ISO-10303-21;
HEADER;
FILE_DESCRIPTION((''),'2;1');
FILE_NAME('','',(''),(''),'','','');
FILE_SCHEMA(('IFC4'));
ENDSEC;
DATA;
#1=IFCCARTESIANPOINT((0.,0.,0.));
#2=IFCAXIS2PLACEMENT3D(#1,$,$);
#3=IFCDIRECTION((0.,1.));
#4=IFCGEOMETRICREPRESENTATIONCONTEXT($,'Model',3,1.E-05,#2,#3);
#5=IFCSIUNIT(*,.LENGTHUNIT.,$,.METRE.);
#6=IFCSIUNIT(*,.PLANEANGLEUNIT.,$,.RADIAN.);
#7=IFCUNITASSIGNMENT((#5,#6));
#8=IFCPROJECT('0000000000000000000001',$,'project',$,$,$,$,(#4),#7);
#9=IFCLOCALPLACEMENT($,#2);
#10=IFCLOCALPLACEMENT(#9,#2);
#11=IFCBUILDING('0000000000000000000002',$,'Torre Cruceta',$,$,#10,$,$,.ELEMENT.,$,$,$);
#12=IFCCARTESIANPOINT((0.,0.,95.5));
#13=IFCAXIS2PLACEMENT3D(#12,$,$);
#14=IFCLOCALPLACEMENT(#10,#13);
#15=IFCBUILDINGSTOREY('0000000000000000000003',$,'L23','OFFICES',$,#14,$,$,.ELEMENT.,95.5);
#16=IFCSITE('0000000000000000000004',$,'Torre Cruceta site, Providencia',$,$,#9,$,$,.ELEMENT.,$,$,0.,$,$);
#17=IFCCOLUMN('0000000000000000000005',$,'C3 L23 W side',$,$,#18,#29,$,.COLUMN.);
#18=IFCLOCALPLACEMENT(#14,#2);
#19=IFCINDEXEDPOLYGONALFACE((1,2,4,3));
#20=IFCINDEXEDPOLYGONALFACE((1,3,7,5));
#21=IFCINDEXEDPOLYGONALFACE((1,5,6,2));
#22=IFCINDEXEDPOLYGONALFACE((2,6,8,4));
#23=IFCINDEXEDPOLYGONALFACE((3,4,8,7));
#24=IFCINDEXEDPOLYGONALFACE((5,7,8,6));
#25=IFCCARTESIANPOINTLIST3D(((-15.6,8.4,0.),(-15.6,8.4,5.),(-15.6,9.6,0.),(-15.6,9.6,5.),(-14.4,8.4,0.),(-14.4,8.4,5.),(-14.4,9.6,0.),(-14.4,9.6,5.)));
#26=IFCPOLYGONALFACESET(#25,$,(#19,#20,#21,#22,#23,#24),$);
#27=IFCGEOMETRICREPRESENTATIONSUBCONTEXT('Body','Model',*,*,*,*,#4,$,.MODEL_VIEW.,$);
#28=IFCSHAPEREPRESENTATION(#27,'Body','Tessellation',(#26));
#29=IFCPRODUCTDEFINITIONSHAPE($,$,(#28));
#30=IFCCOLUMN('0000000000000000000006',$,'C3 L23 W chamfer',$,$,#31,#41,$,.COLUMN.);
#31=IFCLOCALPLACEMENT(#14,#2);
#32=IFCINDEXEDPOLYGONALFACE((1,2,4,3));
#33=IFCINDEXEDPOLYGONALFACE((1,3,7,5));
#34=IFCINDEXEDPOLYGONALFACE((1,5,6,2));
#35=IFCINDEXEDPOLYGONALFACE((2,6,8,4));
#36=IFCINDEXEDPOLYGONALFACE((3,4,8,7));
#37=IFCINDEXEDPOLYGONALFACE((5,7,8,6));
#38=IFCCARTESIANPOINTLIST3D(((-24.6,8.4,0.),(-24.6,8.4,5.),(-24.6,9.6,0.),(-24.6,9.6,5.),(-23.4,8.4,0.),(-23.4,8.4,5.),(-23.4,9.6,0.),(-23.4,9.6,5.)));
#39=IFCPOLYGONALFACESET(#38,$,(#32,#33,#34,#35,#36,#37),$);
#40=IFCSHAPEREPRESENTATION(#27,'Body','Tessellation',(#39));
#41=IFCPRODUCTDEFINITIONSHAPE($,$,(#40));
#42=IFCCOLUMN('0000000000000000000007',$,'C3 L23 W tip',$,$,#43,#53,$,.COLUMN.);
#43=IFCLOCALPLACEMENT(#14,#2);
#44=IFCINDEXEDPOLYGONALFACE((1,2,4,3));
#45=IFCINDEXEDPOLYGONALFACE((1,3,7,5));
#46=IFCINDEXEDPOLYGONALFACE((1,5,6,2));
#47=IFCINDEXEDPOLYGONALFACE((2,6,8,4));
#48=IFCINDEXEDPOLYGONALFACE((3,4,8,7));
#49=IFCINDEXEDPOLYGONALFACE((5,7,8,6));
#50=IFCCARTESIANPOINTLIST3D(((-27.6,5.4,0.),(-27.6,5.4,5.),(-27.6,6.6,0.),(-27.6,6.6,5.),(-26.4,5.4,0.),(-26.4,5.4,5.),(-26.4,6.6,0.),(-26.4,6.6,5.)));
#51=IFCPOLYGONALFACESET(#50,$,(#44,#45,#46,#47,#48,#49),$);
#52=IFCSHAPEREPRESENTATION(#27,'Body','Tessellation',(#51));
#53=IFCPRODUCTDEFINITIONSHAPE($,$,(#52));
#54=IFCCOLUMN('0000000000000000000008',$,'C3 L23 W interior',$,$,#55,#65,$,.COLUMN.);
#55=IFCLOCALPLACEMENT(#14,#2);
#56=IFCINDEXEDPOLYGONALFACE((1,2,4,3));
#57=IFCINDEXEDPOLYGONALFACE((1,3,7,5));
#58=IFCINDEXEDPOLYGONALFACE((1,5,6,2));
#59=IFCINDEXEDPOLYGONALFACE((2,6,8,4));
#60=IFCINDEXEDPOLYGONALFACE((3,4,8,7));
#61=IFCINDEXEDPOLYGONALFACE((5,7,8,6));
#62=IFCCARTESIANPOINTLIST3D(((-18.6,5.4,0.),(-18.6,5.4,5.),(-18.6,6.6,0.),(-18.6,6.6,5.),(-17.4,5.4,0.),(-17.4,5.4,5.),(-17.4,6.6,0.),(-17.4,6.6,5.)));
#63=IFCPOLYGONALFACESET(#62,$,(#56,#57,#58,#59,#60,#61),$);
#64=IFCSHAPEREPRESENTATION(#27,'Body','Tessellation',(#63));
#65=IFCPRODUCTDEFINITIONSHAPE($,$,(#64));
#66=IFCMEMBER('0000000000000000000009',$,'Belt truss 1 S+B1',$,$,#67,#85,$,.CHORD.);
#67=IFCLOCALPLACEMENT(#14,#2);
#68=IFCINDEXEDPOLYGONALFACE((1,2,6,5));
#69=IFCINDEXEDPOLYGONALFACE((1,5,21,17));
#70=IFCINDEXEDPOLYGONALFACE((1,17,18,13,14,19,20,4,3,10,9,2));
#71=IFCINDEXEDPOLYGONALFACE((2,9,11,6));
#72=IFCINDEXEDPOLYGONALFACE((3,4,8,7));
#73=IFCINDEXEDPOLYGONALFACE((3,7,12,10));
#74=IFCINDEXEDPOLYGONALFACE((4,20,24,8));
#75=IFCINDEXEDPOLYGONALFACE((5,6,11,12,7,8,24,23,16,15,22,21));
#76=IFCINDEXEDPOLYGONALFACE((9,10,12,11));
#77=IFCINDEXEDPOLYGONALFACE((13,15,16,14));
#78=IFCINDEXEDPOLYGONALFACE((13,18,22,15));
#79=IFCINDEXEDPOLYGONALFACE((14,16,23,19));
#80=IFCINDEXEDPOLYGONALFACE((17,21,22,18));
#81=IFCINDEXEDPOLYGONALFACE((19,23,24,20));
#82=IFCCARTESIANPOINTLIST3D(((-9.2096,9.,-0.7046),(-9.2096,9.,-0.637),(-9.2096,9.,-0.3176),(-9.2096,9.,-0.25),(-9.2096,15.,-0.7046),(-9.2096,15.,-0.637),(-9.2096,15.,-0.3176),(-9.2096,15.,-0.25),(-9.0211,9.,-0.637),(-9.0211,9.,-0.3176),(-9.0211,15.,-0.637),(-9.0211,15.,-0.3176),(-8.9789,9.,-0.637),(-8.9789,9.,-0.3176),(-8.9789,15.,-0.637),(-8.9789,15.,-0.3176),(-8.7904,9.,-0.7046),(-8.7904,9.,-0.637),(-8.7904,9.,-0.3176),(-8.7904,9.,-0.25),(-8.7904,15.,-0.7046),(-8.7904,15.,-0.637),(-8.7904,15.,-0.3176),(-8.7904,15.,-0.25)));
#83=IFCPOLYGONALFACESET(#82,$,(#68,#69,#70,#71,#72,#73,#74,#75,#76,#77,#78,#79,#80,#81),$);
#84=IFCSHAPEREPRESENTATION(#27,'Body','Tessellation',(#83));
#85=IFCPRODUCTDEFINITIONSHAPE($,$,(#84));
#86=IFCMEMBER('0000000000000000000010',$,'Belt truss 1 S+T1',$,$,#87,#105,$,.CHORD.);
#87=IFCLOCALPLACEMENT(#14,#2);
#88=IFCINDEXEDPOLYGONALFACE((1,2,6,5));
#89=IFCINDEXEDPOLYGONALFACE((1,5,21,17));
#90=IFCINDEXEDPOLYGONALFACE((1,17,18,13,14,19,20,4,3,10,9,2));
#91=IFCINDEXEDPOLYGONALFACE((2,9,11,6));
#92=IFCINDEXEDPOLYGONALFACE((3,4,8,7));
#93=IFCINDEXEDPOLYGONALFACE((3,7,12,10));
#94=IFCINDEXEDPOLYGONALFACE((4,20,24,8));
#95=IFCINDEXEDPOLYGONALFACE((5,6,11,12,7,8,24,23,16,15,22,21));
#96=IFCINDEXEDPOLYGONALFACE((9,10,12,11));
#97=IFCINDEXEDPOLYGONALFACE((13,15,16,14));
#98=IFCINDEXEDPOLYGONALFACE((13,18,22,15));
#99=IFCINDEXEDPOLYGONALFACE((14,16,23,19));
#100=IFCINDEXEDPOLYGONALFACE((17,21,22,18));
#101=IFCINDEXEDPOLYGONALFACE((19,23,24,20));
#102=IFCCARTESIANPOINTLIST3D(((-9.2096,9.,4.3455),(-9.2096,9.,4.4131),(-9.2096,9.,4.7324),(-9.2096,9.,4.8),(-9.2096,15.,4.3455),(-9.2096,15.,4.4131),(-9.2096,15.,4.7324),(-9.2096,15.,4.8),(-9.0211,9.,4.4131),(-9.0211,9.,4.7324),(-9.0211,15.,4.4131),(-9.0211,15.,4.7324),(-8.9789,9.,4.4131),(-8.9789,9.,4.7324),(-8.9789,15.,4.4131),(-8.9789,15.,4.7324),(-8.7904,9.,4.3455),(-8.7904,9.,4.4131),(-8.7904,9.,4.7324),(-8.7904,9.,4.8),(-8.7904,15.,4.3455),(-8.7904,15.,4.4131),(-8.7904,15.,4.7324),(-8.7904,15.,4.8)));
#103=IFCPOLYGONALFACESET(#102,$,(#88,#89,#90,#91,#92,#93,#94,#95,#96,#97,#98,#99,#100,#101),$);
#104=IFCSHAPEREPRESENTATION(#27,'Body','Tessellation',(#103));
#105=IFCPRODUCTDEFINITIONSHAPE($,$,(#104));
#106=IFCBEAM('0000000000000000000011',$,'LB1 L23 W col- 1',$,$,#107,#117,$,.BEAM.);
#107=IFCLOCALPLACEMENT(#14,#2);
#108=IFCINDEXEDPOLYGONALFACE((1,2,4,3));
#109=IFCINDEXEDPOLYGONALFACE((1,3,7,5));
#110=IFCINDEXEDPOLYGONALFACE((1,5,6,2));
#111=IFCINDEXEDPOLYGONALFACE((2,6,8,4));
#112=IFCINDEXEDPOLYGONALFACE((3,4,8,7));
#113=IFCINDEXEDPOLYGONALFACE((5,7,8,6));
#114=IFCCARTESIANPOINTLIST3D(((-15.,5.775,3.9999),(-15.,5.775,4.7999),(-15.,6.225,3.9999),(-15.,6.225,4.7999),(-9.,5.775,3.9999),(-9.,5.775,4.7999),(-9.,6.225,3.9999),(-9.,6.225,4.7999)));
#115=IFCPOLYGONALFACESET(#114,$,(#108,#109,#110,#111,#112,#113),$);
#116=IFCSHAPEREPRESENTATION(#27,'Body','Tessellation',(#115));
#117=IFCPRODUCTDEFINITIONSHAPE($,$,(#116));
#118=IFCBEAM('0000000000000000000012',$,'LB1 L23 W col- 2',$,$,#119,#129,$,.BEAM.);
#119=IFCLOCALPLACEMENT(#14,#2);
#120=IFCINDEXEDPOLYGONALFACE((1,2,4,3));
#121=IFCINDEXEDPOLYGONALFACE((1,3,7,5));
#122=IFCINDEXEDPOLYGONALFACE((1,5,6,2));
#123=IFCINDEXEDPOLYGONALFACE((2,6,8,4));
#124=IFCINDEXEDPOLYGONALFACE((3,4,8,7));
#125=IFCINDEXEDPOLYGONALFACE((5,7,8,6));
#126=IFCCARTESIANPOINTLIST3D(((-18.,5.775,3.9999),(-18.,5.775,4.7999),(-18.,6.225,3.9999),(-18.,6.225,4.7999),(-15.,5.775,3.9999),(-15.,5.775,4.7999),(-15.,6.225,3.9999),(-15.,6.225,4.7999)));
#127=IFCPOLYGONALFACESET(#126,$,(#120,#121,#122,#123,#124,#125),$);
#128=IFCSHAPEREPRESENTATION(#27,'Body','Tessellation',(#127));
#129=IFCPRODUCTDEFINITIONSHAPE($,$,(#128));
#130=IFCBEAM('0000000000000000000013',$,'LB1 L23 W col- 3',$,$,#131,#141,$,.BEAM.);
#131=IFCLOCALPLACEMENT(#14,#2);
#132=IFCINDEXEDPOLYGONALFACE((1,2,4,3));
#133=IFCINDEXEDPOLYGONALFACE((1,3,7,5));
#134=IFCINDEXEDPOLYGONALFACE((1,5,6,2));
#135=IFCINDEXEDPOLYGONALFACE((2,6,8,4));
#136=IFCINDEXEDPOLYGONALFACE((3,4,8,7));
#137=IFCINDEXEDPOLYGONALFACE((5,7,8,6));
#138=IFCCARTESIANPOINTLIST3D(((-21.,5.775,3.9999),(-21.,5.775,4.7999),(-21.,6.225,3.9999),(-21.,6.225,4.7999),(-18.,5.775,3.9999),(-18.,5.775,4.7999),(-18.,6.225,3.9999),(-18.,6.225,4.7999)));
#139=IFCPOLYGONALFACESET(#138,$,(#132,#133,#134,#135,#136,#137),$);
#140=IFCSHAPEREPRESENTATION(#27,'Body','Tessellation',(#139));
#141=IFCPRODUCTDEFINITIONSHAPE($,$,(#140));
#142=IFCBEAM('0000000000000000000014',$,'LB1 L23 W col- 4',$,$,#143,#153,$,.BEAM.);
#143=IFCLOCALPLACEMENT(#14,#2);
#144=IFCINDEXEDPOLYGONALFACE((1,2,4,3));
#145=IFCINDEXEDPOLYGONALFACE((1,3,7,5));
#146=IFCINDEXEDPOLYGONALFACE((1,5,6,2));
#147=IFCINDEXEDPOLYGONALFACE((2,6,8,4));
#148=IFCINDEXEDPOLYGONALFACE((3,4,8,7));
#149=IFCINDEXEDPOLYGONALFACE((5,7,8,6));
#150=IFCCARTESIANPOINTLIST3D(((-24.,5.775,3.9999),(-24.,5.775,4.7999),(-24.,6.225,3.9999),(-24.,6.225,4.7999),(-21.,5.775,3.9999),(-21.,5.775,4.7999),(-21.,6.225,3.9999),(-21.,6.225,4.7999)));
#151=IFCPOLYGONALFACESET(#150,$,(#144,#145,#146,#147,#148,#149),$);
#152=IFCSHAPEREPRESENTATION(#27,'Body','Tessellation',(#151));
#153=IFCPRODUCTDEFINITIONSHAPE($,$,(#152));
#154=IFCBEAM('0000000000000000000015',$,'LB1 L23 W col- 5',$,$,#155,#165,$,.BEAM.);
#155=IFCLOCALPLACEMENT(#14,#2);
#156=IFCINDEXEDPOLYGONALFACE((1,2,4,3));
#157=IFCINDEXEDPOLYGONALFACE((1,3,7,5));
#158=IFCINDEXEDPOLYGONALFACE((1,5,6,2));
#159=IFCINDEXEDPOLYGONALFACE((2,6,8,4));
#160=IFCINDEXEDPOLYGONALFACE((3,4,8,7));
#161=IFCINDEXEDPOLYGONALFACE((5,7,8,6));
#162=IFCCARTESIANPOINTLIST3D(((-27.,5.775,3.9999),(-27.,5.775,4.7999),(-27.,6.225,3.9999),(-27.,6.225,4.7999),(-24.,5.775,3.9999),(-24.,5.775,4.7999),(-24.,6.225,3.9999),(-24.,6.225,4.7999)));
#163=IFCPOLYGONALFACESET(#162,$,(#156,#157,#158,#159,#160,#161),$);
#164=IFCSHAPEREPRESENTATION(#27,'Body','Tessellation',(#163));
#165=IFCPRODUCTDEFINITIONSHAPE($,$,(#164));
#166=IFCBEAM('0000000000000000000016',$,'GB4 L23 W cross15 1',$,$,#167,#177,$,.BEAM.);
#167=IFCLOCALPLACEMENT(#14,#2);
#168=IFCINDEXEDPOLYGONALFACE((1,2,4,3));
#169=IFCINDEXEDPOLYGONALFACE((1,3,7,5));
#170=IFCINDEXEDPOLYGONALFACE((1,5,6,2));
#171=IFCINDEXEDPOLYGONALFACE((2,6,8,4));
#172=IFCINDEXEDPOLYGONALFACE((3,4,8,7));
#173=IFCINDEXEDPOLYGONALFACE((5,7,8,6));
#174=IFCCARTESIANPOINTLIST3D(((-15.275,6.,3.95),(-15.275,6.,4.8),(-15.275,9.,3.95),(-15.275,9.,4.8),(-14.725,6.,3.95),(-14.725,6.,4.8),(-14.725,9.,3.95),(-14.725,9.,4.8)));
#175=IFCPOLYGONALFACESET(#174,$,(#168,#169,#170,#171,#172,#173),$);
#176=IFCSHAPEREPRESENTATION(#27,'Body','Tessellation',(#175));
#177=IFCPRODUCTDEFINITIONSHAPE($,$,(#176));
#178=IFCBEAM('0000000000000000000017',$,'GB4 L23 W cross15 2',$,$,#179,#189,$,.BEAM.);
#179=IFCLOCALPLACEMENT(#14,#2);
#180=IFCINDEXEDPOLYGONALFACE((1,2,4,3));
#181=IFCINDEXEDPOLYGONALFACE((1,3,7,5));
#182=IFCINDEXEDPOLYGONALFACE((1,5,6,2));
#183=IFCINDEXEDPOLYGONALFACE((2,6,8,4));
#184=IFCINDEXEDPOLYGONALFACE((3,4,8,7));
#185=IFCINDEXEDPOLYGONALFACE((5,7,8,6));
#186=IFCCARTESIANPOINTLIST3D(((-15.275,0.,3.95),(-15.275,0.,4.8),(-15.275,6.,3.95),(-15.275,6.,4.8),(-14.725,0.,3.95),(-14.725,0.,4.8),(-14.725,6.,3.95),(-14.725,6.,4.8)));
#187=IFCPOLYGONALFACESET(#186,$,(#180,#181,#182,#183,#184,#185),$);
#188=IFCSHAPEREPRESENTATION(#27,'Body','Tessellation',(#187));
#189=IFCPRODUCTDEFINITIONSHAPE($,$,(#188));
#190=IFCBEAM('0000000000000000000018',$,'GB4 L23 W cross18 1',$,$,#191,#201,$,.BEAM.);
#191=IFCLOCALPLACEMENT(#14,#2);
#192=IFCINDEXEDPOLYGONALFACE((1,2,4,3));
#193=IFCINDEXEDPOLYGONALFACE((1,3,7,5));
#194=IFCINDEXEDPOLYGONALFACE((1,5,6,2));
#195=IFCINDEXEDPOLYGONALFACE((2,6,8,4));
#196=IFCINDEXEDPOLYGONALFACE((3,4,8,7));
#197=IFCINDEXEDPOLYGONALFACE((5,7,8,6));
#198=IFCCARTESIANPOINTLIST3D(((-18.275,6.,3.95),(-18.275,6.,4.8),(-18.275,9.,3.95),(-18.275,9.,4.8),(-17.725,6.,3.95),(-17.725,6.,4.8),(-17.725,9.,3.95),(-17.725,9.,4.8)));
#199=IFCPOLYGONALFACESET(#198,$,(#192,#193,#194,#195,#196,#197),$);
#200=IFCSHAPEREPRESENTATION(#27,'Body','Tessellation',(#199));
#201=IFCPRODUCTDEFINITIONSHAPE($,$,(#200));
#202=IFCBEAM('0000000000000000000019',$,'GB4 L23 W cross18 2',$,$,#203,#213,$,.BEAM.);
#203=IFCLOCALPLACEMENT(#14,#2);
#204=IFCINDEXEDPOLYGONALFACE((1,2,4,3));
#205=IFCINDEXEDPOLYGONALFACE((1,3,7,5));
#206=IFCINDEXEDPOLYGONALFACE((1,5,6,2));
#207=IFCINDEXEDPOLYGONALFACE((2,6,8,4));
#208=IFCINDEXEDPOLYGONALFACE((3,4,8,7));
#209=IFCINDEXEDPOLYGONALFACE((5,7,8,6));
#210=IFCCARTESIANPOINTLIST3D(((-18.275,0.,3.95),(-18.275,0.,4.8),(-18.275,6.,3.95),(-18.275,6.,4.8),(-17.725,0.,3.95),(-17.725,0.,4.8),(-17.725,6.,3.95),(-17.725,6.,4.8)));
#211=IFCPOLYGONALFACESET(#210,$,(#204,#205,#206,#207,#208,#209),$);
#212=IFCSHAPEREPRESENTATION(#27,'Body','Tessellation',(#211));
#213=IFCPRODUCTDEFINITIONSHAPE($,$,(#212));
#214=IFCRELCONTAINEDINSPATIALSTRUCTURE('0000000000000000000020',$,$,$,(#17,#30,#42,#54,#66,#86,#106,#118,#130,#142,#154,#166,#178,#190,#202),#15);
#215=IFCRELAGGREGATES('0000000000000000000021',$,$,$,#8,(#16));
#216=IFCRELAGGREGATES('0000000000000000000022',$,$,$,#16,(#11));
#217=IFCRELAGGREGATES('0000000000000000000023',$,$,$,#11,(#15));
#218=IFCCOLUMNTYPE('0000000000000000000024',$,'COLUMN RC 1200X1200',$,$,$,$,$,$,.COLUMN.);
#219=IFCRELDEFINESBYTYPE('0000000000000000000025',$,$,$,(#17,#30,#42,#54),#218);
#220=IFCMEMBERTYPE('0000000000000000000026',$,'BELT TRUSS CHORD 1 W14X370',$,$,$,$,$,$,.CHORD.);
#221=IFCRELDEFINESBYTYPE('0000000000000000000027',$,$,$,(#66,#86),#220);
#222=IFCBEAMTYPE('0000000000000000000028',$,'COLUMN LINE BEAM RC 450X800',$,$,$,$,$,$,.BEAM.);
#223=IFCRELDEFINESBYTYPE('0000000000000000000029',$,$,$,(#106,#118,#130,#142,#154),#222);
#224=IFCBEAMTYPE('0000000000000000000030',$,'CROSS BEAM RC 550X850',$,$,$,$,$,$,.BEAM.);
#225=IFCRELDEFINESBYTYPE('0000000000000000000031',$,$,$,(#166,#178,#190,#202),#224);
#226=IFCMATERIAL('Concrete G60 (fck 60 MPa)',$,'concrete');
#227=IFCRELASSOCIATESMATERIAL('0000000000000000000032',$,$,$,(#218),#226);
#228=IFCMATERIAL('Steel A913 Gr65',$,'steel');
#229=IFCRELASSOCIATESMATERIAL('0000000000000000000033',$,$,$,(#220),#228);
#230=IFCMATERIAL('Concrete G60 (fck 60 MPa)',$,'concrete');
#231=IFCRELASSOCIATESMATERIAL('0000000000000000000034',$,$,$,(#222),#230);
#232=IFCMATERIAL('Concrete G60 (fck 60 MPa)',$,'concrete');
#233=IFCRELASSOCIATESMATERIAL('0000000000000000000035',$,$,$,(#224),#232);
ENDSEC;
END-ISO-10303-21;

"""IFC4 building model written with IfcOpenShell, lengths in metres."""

from ifc_helpers import new_model, si_unit, direction, frame, origin, origin_2d, place, context, subcontext, project, spatial, rectangle, i_section, extrude, material, material_profile, profile_set, type_object, element, save


model = new_model("IFC4")

# Units and contexts
model_context = context("Model", 3, precision=1e-05, world=origin(), true_north=direction((0.0, 1.0)))
body_context = subcontext(model_context, "Body", "Model", "MODEL_VIEW")
ifc_project = project(units=[si_unit("LENGTHUNIT", "METRE"), si_unit("PLANEANGLEUNIT", "RADIAN")], contexts=[model_context])

# Site, building, storey
site_placement = place(None, origin())
site = spatial("IfcSite", under=ifc_project, at=site_placement, Name="Torre Cruceta site, Providencia", CompositionType="ELEMENT", RefElevation=0.0)
building_placement = place(site_placement, origin())
building = spatial("IfcBuilding", under=site, at=building_placement, Name="Torre Cruceta", CompositionType="ELEMENT")
storey_placement = place(building_placement, frame((0.0, 0.0, 95.5)))
storey = spatial("IfcBuildingStorey", under=building, at=storey_placement, Name="L23", Description="OFFICES", CompositionType="ELEMENT", Elevation=95.5)

# Columns
ifc_material_1 = material(Name="Concrete G60 (fck 60 MPa)", Category="concrete")
ifc_material_profile_1 = material_profile(ifc_material_1, rectangle(XDim=1.2, YDim=1.2, at=origin_2d()), Name="RC 1200X1200")
ifc_profile_set_1 = profile_set([ifc_material_profile_1], Name="Concrete G60 (fck 60 MPa)")
column_type = type_object("IfcColumnType", Name="COLUMN RC 1200X1200", PredefinedType="COLUMN", material=ifc_profile_set_1)
for number, where, z_axis, x_axis, name in (
    (1, (-15.0, 9.0, 0.0), (0.0, 0.0, 1.0), (1.0, 0.0, 0.0), "C3 L23 W side"),
    (2, (-24.0, 9.0, 0.0), (0.0, 0.0, 1.0), (1.0, 0.0, 0.0), "C3 L23 W chamfer"),
    (3, (-27.0, 6.0, 0.0), (0.0, 0.0, 1.0), (1.0, 0.0, 0.0), "C3 L23 W tip"),
    (4, (-18.0, 6.0, 0.0), (0.0, 0.0, 1.0), (1.0, 0.0, 0.0), "C3 L23 W interior"),
):
    element("IfcColumn", number, at=place(storey_placement, frame(where, z_axis=z_axis, x_axis=x_axis)), inside=storey, type_object=column_type, Name=name, PredefinedType="COLUMN", context=body_context, shape_type="SweptSolid", body=[
        extrude(rectangle(XDim=1.2, YDim=1.2, at=origin_2d()), origin(), (0.0, 0.0, 1.0), 5.0),
    ])

# Members
ifc_material_2 = material(Name="Steel A913 Gr65", Category="steel")
ifc_material_profile_2 = material_profile(ifc_material_2, i_section(OverallWidth=0.4192, OverallDepth=0.4546, WebThickness=0.0422, FlangeThickness=0.0676, at=origin_2d()), Name="W14X370")
ifc_profile_set_2 = profile_set([ifc_material_profile_2], Name="Steel A913 Gr65")
member_type = type_object("IfcMemberType", Name="BELT TRUSS CHORD 1 W14X370", PredefinedType="CHORD", material=ifc_profile_set_2)
for number, where, z_axis, x_axis, name in (
    (5, (-9.0, 9.0, -0.4773), (0.0, 1.0, 0.0), (-1.0, 0.0, 0.0), "Belt truss 1 S+B1"),
    (6, (-9.0, 9.0, 4.5728), (0.0, 1.0, 0.0), (-1.0, 0.0, 0.0), "Belt truss 1 S+T1"),
):
    element("IfcMember", number, at=place(storey_placement, frame(where, z_axis=z_axis, x_axis=x_axis)), inside=storey, type_object=member_type, Name=name, PredefinedType="CHORD", context=body_context, shape_type="SweptSolid", body=[
        extrude(i_section(OverallWidth=0.4192, OverallDepth=0.4546, WebThickness=0.0422, FlangeThickness=0.0676, at=origin_2d()), origin(), (0.0, 0.0, 1.0), 6.0),
    ])

# Beams
ifc_material_3 = material(Name="Concrete G60 (fck 60 MPa)", Category="concrete")
ifc_material_profile_3 = material_profile(ifc_material_3, rectangle(XDim=0.45, YDim=0.8, at=origin_2d()), Name="RC 450X800")
ifc_profile_set_3 = profile_set([ifc_material_profile_3], Name="Concrete G60 (fck 60 MPa)")
beam_type_1 = type_object("IfcBeamType", Name="COLUMN LINE BEAM RC 450X800", PredefinedType="BEAM", material=ifc_profile_set_3)
beam_1_placement = place(storey_placement, frame((-9.0, 6.0, 4.3999), z_axis=(-1.0, 0.0, 0.0), x_axis=(0.0, -1.0, 0.0)))
element("IfcBeam", 7, at=beam_1_placement, inside=storey, type_object=beam_type_1, Name="LB1 L23 W col- 1", PredefinedType="BEAM", context=body_context, shape_type="SweptSolid", body=[
    extrude(rectangle(XDim=0.45, YDim=0.8, at=origin_2d()), origin(), (0.0, 0.0, 1.0), 6.0),
])
for number, where, z_axis, x_axis, name in (
    (8, (-15.0, 6.0, 4.3999), (-1.0, 0.0, 0.0), (0.0, -1.0, 0.0), "LB1 L23 W col- 2"),
    (9, (-18.0, 6.0, 4.3999), (-1.0, 0.0, 0.0), (0.0, -1.0, 0.0), "LB1 L23 W col- 3"),
    (10, (-21.0, 6.0, 4.3999), (-1.0, 0.0, 0.0), (0.0, -1.0, 0.0), "LB1 L23 W col- 4"),
    (11, (-24.0, 6.0, 4.3999), (-1.0, 0.0, 0.0), (0.0, -1.0, 0.0), "LB1 L23 W col- 5"),
):
    element("IfcBeam", number, at=place(storey_placement, frame(where, z_axis=z_axis, x_axis=x_axis)), inside=storey, type_object=beam_type_1, Name=name, PredefinedType="BEAM", context=body_context, shape_type="SweptSolid", body=[
        extrude(rectangle(XDim=0.45, YDim=0.8, at=origin_2d()), origin(), (0.0, 0.0, 1.0), 3.0),
    ])
ifc_material_4 = material(Name="Concrete G60 (fck 60 MPa)", Category="concrete")
ifc_material_profile_4 = material_profile(ifc_material_4, rectangle(XDim=0.55, YDim=0.8501, at=origin_2d()), Name="RC 550X850")
ifc_profile_set_4 = profile_set([ifc_material_profile_4], Name="Concrete G60 (fck 60 MPa)")
beam_type_2 = type_object("IfcBeamType", Name="CROSS BEAM RC 550X850", PredefinedType="BEAM", material=ifc_profile_set_4)
beam_2_placement = place(storey_placement, frame((-15.0, 9.0, 4.375), z_axis=(0.0, -1.0, 0.0), x_axis=(1.0, 0.0, 0.0)))
element("IfcBeam", 12, at=beam_2_placement, inside=storey, type_object=beam_type_2, Name="GB4 L23 W cross15 1", PredefinedType="BEAM", context=body_context, shape_type="SweptSolid", body=[
    extrude(rectangle(XDim=0.55, YDim=0.8501, at=origin_2d()), origin(), (0.0, 0.0, 1.0), 3.0),
])
beam_3_placement = place(storey_placement, frame((-15.0, 6.0, 4.375), z_axis=(0.0, -1.0, 0.0), x_axis=(1.0, 0.0, 0.0)))
element("IfcBeam", 13, at=beam_3_placement, inside=storey, type_object=beam_type_2, Name="GB4 L23 W cross15 2", PredefinedType="BEAM", context=body_context, shape_type="SweptSolid", body=[
    extrude(rectangle(XDim=0.55, YDim=0.8501, at=origin_2d()), origin(), (0.0, 0.0, 1.0), 6.0),
])
beam_4_placement = place(storey_placement, frame((-18.0, 9.0, 4.375), z_axis=(0.0, -1.0, 0.0), x_axis=(1.0, 0.0, 0.0)))
element("IfcBeam", 14, at=beam_4_placement, inside=storey, type_object=beam_type_2, Name="GB4 L23 W cross18 1", PredefinedType="BEAM", context=body_context, shape_type="SweptSolid", body=[
    extrude(rectangle(XDim=0.55, YDim=0.8501, at=origin_2d()), origin(), (0.0, 0.0, 1.0), 3.0),
])
beam_5_placement = place(storey_placement, frame((-18.0, 6.0, 4.375), z_axis=(0.0, -1.0, 0.0), x_axis=(1.0, 0.0, 0.0)))
element("IfcBeam", 15, at=beam_5_placement, inside=storey, type_object=beam_type_2, Name="GB4 L23 W cross18 2", PredefinedType="BEAM", context=body_context, shape_type="SweptSolid", body=[
    extrude(rectangle(XDim=0.55, YDim=0.8501, at=origin_2d()), origin(), (0.0, 0.0, 1.0), 6.0),
])

save(model, "model.ifc")
